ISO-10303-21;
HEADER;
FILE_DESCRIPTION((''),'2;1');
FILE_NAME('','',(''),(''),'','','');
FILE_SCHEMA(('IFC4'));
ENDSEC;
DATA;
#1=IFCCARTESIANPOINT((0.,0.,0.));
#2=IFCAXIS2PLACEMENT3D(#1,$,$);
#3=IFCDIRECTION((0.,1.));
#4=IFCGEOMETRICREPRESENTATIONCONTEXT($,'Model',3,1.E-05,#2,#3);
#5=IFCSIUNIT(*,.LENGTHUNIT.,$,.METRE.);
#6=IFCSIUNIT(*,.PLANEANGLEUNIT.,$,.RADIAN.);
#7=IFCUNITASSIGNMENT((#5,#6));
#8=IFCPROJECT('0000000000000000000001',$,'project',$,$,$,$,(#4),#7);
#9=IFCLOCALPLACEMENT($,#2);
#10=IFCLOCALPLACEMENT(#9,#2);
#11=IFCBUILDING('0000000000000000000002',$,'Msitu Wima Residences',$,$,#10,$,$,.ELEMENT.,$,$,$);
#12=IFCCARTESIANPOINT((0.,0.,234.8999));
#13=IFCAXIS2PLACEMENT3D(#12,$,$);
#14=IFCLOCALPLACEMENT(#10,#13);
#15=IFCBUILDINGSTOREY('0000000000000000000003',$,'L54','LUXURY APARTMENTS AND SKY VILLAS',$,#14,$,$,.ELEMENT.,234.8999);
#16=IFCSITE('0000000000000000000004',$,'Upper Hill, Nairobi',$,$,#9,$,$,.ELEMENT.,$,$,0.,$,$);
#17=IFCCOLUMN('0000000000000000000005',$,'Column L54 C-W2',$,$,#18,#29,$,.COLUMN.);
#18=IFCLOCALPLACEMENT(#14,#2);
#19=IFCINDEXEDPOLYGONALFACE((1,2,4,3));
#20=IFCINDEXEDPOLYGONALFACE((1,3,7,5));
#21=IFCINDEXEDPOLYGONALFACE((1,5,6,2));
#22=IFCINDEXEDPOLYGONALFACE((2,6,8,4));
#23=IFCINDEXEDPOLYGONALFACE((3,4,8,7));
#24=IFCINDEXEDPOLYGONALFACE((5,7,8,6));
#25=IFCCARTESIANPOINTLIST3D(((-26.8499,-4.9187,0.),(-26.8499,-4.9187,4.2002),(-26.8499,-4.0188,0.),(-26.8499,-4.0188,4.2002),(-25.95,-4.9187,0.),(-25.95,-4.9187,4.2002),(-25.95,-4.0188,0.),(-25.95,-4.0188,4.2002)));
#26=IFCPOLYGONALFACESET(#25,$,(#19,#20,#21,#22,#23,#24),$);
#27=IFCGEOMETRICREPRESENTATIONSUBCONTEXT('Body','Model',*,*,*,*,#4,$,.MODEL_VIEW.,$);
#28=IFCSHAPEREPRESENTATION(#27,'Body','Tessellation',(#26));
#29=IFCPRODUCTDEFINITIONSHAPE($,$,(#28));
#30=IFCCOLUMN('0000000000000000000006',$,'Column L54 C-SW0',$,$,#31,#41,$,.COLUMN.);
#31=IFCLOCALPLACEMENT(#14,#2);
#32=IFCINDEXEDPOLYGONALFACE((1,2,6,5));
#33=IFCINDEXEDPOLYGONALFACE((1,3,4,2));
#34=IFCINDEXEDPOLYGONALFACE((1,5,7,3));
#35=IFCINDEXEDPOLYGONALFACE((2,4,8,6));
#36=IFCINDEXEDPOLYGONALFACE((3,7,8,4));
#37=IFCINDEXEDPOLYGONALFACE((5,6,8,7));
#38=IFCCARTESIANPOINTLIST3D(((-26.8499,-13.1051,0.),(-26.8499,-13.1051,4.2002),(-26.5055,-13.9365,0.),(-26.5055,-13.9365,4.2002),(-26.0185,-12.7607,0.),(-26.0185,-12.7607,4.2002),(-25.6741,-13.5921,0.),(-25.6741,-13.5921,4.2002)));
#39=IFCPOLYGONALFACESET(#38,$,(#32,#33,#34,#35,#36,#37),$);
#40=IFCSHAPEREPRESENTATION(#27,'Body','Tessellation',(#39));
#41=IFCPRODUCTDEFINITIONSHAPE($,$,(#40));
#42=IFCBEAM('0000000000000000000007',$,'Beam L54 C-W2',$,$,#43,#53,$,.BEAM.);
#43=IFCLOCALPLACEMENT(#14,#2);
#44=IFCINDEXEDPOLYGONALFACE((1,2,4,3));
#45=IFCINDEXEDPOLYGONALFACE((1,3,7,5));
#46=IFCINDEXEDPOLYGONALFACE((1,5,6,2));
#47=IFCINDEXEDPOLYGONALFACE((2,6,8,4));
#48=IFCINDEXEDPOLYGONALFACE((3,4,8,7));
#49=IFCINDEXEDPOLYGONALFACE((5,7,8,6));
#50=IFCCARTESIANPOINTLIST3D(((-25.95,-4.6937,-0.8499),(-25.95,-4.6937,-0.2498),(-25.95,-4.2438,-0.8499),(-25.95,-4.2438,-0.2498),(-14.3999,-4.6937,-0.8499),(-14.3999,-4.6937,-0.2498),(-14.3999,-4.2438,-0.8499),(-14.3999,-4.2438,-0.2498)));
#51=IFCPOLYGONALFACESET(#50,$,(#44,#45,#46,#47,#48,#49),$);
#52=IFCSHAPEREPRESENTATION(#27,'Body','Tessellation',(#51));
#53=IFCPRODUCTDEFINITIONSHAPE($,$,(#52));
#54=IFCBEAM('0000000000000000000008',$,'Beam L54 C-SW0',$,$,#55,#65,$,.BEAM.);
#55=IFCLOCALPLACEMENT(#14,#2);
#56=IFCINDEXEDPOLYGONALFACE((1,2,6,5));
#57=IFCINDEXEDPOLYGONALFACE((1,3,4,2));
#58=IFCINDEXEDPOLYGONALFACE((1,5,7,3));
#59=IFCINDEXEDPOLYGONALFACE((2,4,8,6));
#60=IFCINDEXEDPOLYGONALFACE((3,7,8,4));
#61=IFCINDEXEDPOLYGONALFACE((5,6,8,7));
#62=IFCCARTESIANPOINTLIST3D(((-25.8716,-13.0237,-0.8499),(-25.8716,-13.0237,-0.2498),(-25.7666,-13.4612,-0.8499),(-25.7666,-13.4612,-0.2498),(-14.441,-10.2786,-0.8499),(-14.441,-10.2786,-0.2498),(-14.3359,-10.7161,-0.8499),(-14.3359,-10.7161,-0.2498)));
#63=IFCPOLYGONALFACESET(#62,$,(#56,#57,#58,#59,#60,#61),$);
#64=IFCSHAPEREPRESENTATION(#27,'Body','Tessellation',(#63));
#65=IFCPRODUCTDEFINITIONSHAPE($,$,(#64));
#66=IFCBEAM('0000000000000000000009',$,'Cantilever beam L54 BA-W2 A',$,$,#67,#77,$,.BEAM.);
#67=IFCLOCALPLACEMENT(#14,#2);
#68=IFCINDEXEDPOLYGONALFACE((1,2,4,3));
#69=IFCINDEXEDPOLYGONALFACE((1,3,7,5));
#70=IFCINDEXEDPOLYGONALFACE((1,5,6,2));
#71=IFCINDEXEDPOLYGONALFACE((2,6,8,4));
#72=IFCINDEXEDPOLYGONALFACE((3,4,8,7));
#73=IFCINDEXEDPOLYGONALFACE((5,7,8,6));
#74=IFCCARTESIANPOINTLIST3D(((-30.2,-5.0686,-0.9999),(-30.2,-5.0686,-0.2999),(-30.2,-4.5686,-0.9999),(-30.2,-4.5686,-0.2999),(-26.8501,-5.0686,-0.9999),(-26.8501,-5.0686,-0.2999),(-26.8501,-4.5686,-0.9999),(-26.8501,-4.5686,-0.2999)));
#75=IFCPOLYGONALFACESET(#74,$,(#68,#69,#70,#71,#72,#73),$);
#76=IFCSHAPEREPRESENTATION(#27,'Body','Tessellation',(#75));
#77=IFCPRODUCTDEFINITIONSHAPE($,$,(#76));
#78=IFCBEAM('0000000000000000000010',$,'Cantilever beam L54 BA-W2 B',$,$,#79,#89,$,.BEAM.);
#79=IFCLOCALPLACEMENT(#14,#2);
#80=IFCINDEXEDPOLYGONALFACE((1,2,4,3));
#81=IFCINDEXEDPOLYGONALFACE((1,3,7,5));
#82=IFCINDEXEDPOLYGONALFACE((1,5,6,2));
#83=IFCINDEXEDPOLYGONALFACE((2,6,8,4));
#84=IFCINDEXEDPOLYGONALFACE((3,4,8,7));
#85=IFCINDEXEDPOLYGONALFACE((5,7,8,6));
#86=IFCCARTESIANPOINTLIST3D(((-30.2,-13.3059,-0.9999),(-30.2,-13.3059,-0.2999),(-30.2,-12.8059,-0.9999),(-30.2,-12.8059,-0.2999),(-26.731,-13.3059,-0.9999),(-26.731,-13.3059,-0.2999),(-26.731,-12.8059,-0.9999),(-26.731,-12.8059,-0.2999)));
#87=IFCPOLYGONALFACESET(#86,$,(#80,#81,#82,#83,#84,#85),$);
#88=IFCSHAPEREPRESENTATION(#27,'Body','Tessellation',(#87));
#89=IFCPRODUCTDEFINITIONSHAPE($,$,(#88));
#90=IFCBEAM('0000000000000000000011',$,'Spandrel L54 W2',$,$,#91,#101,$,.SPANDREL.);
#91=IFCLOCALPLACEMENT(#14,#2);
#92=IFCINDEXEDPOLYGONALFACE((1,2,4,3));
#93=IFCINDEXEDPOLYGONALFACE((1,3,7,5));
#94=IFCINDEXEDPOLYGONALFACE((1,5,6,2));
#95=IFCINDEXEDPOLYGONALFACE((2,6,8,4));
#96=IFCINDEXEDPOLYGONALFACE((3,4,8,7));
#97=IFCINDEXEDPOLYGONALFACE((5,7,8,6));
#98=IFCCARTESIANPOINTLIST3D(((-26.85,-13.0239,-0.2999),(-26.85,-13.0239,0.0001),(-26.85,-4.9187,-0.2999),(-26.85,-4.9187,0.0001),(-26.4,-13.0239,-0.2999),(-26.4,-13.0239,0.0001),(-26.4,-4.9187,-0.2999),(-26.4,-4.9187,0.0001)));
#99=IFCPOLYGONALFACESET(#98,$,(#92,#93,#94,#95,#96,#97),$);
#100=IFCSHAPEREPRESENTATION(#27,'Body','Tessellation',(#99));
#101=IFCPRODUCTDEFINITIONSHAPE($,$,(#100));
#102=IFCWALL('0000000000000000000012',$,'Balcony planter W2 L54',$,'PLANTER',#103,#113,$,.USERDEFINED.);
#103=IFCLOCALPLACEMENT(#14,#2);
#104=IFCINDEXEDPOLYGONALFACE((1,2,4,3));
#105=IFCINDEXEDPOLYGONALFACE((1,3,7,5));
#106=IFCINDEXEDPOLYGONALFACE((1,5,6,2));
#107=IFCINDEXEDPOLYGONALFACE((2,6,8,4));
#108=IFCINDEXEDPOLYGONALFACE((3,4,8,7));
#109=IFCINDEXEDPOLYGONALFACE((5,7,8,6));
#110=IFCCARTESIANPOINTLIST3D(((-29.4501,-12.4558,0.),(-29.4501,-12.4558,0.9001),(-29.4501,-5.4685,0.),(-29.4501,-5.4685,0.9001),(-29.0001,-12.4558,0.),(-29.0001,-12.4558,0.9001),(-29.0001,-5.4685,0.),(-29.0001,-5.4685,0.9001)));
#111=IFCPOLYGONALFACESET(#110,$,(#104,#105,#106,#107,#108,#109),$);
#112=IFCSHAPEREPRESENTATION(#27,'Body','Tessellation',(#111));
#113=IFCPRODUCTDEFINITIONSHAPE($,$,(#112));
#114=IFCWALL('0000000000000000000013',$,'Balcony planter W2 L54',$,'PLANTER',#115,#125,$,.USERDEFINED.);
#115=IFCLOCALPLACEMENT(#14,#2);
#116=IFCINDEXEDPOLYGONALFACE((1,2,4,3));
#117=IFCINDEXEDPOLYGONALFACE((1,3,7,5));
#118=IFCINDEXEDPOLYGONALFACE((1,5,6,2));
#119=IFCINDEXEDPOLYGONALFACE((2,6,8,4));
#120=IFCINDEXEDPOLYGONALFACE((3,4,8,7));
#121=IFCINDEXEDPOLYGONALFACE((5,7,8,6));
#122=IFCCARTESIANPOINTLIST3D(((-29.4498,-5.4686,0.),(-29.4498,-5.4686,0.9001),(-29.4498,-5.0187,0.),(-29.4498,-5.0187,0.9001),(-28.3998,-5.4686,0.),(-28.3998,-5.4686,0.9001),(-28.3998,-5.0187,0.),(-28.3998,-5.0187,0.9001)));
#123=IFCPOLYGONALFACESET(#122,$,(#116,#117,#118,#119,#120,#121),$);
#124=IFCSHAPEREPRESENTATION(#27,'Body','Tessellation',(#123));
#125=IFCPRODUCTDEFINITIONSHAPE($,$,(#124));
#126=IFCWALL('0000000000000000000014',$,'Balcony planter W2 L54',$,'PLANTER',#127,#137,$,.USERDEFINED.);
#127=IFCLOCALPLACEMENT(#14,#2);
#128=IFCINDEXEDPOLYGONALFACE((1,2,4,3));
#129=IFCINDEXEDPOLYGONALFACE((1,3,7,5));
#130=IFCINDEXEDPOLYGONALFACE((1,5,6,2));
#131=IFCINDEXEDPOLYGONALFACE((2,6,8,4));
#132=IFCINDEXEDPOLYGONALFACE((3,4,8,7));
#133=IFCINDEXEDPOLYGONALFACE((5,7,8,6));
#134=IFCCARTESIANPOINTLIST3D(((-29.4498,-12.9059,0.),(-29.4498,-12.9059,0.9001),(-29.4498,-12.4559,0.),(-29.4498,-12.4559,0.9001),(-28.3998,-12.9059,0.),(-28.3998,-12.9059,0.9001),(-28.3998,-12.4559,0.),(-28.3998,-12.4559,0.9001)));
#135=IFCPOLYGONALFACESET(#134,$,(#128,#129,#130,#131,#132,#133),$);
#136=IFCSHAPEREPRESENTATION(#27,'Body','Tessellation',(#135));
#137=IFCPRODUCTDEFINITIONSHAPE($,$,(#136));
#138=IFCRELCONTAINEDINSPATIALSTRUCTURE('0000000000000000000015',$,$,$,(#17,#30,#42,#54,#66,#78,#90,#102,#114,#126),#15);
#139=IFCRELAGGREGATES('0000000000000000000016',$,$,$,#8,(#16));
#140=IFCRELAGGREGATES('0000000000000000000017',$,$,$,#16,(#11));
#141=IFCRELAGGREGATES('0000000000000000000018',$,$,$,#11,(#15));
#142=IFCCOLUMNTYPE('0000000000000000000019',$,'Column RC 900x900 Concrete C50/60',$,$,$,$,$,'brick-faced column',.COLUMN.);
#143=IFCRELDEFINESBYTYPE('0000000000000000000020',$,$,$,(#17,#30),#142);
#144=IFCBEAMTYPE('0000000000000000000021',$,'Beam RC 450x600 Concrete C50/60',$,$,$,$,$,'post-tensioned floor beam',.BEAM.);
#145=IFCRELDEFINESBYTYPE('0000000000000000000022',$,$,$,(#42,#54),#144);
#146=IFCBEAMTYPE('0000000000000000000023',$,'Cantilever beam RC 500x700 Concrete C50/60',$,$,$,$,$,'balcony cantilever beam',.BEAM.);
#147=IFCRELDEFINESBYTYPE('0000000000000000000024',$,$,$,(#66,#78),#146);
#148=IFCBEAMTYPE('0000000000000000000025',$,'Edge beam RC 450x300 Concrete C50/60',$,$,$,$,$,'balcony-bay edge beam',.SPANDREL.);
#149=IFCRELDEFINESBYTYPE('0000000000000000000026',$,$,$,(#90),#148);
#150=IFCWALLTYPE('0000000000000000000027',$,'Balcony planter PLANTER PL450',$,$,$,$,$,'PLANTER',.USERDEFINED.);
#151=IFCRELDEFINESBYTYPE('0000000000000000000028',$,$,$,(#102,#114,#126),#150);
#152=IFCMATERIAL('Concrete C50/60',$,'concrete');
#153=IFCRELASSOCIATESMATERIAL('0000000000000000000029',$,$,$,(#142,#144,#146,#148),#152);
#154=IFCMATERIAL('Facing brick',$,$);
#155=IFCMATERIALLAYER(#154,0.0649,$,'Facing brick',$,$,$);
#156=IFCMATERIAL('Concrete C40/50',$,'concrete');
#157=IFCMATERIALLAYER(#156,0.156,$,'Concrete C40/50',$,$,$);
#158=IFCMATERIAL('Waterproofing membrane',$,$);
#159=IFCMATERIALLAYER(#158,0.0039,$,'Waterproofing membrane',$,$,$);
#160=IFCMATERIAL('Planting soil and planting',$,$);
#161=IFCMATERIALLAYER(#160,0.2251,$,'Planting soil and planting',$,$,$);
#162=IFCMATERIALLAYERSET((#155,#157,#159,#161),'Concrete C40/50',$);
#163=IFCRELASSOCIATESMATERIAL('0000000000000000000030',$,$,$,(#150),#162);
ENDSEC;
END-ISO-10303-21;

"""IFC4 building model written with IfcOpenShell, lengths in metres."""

from ifc_helpers import new_model, si_unit, direction, frame, frame_2d, origin, origin_2d, place, context, subcontext, project, spatial, rectangle, extrude, material, layer, layer_set, material_profile, profile_set, type_object, element, save


model = new_model("IFC4")

# Units and contexts
model_context = context("Model", 3, precision=1e-05, world=origin(), true_north=direction((0.0, 1.0)))
body_context = subcontext(model_context, "Body", "Model", "MODEL_VIEW")
ifc_project = project(units=[si_unit("LENGTHUNIT", "METRE"), si_unit("PLANEANGLEUNIT", "RADIAN")], contexts=[model_context])

# Site, building, storey
site_placement = place(None, origin())
site = spatial("IfcSite", under=ifc_project, at=site_placement, Name="Upper Hill, Nairobi", CompositionType="ELEMENT", RefElevation=0.0)
building_placement = place(site_placement, origin())
building = spatial("IfcBuilding", under=site, at=building_placement, Name="Msitu Wima Residences", CompositionType="ELEMENT")
storey_placement = place(building_placement, frame((0.0, 0.0, 234.8999)))
storey = spatial("IfcBuildingStorey", under=building, at=storey_placement, Name="L54", Description="LUXURY APARTMENTS AND SKY VILLAS", CompositionType="ELEMENT", Elevation=234.8999)

# Columns
ifc_material_1 = material(Name="Concrete C50/60", Category="concrete")
ifc_material_profile_1 = material_profile(ifc_material_1, rectangle(XDim=0.8999, YDim=0.8999, at=origin_2d()), Name="RC 900x900")
ifc_profile_set_1 = profile_set([ifc_material_profile_1], Name="Concrete C50/60")
column_type = type_object("IfcColumnType", Name="Column RC 900x900 Concrete C50/60", ElementType="brick-faced column", PredefinedType="COLUMN", material=ifc_profile_set_1)
for number, where, z_axis, x_axis, name in (
    (1, (-26.3999, -4.4688, 0.0), (0.0, 0.0, 1.0), (0.0, -1.0, 0.0), "Column L54 C-W2"),
    (2, (-26.262, -13.3486, 0.0), (0.0, 0.0, 1.0), (0.382683, -0.92388, 0.0), "Column L54 C-SW0"),
):
    element("IfcColumn", number, at=place(storey_placement, frame(where, z_axis=z_axis, x_axis=x_axis)), inside=storey, type_object=column_type, Name=name, PredefinedType="COLUMN", context=body_context, shape_type="SweptSolid", body=[
        extrude(rectangle(XDim=0.8999, YDim=0.8999, at=origin_2d()), origin(), (0.0, 0.0, 1.0), 4.2002),
    ])

# Beams
ifc_material_profile_2 = material_profile(ifc_material_1, rectangle(XDim=0.45, YDim=0.6001, at=origin_2d()), Name="RC 450x600")
ifc_profile_set_2 = profile_set([ifc_material_profile_2], Name="Concrete C50/60")
beam_type_1 = type_object("IfcBeamType", Name="Beam RC 450x600 Concrete C50/60", ElementType="post-tensioned floor beam", PredefinedType="BEAM", material=ifc_profile_set_2)
beam_1_placement = place(storey_placement, frame((-25.95, -4.4688, -0.5498), z_axis=(1.0, 0.0, 0.0), x_axis=(0.0, 1.0, 0.0)))
element("IfcBeam", 3, at=beam_1_placement, inside=storey, type_object=beam_type_1, Name="Beam L54 C-W2", PredefinedType="BEAM", context=body_context, shape_type="SweptSolid", body=[
    extrude(rectangle(XDim=0.45, YDim=0.6001, at=origin_2d()), origin(), (0.0, 0.0, 1.0), 11.55),
])
beam_2_placement = place(storey_placement, frame((-25.8191, -13.2424, -0.5498), z_axis=(0.972353, 0.233514, 0.0), x_axis=(-0.233514, 0.972353, 0.0)))
element("IfcBeam", 4, at=beam_2_placement, inside=storey, type_object=beam_type_1, Name="Beam L54 C-SW0", PredefinedType="BEAM", context=body_context, shape_type="SweptSolid", body=[
    extrude(rectangle(XDim=0.45, YDim=0.6001, at=origin_2d()), origin(), (0.0, 0.0, 1.0), 11.7556),
])
ifc_material_profile_3 = material_profile(ifc_material_1, rectangle(XDim=0.5, YDim=0.7, at=origin_2d()), Name="RC 500x700")
ifc_profile_set_3 = profile_set([ifc_material_profile_3], Name="Concrete C50/60")
beam_type_2 = type_object("IfcBeamType", Name="Cantilever beam RC 500x700 Concrete C50/60", ElementType="balcony cantilever beam", PredefinedType="BEAM", material=ifc_profile_set_3)
beam_3_placement = place(storey_placement, frame((-26.8501, -4.8186, -0.6499), z_axis=(-1.0, 0.0, 0.0), x_axis=(0.0, -1.0, 0.0)))
element("IfcBeam", 5, at=beam_3_placement, inside=storey, type_object=beam_type_2, Name="Cantilever beam L54 BA-W2 A", PredefinedType="BEAM", context=body_context, shape_type="SweptSolid", body=[
    extrude(rectangle(XDim=0.5, YDim=0.7, at=origin_2d()), origin(), (0.0, 0.0, 1.0), 3.3499),
])
beam_4_placement = place(storey_placement, frame((-26.731, -13.0559, -0.6499), z_axis=(-1.0, 0.0, 0.0), x_axis=(0.0, -1.0, 0.0)))
element("IfcBeam", 6, at=beam_4_placement, inside=storey, type_object=beam_type_2, Name="Cantilever beam L54 BA-W2 B", PredefinedType="BEAM", context=body_context, shape_type="SweptSolid", body=[
    extrude(rectangle(XDim=0.5, YDim=0.7, at=origin_2d()), origin(), (0.0, 0.0, 1.0), 3.469),
])
ifc_material_profile_4 = material_profile(ifc_material_1, rectangle(XDim=0.45, YDim=0.3, at=origin_2d()), Name="RC 450x300")
ifc_profile_set_4 = profile_set([ifc_material_profile_4], Name="Concrete C50/60")
beam_type_3 = type_object("IfcBeamType", Name="Edge beam RC 450x300 Concrete C50/60", ElementType="balcony-bay edge beam", PredefinedType="SPANDREL", material=ifc_profile_set_4)
beam_5_placement = place(storey_placement, frame((-26.625, -4.9187, -0.1499), z_axis=(0.0, -1.0, 0.0), x_axis=(1.0, 0.0, 0.0)))
element("IfcBeam", 7, at=beam_5_placement, inside=storey, type_object=beam_type_3, Name="Spandrel L54 W2", PredefinedType="SPANDREL", context=body_context, shape_type="SweptSolid", body=[
    extrude(rectangle(XDim=0.45, YDim=0.3, at=origin_2d()), origin(), (0.0, 0.0, 1.0), 8.1052),
])

# Walls
ifc_material_2 = material(Name="Facing brick")
ifc_layer_1 = layer(ifc_material_2, 0.0649, Name="Facing brick")
ifc_material_3 = material(Name="Concrete C40/50", Category="concrete")
ifc_layer_2 = layer(ifc_material_3, 0.156, Name="Concrete C40/50")
ifc_material_4 = material(Name="Waterproofing membrane")
ifc_layer_3 = layer(ifc_material_4, 0.0039, Name="Waterproofing membrane")
ifc_material_5 = material(Name="Planting soil and planting")
ifc_layer_4 = layer(ifc_material_5, 0.2251, Name="Planting soil and planting")
ifc_layer_set_1 = layer_set([ifc_layer_1, ifc_layer_2, ifc_layer_3, ifc_layer_4], Name="Concrete C40/50")
wall_type_1 = type_object("IfcWallType", Name="Balcony planter PLANTER PL450", ElementType="PLANTER", PredefinedType="USERDEFINED", material=ifc_layer_set_1)
wall_1_placement = place(storey_placement, frame((-29.2251, -5.4685, 0.0), z_axis=(0.0, 0.0, 1.0), x_axis=(0.0, -1.0, 0.0)))
element("IfcWall", 8, at=wall_1_placement, inside=storey, type_object=wall_type_1, Name="Balcony planter W2 L54", ObjectType="PLANTER", PredefinedType="USERDEFINED", context=body_context, shape_type="SweptSolid", body=[
    extrude(rectangle(XDim=6.9873, YDim=0.45, at=frame_2d((3.4937, 0.0))), origin(), (0.0, 0.0, 1.0), 0.9001),
])
for number, where, z_axis, x_axis, name in (
    (9, (-28.3999, -5.2437, 0.0), (0.0, 0.0, 1.0), (-1.0, 0.0, 0.0), "Balcony planter W2 L54"),
    (10, (-28.3999, -12.6809, 0.0), (0.0, 0.0, 1.0), (-1.0, 0.0, 0.0), "Balcony planter W2 L54"),
):
    element("IfcWall", number, at=place(storey_placement, frame(where, z_axis=z_axis, x_axis=x_axis)), inside=storey, type_object=wall_type_1, Name=name, ObjectType="PLANTER", PredefinedType="USERDEFINED", context=body_context, shape_type="SweptSolid", body=[
        extrude(rectangle(XDim=1.05, YDim=0.45, at=frame_2d((0.5249, 0.0))), origin(), (0.0, 0.0, 1.0), 0.9001),
    ])

save(model, "model.ifc")
